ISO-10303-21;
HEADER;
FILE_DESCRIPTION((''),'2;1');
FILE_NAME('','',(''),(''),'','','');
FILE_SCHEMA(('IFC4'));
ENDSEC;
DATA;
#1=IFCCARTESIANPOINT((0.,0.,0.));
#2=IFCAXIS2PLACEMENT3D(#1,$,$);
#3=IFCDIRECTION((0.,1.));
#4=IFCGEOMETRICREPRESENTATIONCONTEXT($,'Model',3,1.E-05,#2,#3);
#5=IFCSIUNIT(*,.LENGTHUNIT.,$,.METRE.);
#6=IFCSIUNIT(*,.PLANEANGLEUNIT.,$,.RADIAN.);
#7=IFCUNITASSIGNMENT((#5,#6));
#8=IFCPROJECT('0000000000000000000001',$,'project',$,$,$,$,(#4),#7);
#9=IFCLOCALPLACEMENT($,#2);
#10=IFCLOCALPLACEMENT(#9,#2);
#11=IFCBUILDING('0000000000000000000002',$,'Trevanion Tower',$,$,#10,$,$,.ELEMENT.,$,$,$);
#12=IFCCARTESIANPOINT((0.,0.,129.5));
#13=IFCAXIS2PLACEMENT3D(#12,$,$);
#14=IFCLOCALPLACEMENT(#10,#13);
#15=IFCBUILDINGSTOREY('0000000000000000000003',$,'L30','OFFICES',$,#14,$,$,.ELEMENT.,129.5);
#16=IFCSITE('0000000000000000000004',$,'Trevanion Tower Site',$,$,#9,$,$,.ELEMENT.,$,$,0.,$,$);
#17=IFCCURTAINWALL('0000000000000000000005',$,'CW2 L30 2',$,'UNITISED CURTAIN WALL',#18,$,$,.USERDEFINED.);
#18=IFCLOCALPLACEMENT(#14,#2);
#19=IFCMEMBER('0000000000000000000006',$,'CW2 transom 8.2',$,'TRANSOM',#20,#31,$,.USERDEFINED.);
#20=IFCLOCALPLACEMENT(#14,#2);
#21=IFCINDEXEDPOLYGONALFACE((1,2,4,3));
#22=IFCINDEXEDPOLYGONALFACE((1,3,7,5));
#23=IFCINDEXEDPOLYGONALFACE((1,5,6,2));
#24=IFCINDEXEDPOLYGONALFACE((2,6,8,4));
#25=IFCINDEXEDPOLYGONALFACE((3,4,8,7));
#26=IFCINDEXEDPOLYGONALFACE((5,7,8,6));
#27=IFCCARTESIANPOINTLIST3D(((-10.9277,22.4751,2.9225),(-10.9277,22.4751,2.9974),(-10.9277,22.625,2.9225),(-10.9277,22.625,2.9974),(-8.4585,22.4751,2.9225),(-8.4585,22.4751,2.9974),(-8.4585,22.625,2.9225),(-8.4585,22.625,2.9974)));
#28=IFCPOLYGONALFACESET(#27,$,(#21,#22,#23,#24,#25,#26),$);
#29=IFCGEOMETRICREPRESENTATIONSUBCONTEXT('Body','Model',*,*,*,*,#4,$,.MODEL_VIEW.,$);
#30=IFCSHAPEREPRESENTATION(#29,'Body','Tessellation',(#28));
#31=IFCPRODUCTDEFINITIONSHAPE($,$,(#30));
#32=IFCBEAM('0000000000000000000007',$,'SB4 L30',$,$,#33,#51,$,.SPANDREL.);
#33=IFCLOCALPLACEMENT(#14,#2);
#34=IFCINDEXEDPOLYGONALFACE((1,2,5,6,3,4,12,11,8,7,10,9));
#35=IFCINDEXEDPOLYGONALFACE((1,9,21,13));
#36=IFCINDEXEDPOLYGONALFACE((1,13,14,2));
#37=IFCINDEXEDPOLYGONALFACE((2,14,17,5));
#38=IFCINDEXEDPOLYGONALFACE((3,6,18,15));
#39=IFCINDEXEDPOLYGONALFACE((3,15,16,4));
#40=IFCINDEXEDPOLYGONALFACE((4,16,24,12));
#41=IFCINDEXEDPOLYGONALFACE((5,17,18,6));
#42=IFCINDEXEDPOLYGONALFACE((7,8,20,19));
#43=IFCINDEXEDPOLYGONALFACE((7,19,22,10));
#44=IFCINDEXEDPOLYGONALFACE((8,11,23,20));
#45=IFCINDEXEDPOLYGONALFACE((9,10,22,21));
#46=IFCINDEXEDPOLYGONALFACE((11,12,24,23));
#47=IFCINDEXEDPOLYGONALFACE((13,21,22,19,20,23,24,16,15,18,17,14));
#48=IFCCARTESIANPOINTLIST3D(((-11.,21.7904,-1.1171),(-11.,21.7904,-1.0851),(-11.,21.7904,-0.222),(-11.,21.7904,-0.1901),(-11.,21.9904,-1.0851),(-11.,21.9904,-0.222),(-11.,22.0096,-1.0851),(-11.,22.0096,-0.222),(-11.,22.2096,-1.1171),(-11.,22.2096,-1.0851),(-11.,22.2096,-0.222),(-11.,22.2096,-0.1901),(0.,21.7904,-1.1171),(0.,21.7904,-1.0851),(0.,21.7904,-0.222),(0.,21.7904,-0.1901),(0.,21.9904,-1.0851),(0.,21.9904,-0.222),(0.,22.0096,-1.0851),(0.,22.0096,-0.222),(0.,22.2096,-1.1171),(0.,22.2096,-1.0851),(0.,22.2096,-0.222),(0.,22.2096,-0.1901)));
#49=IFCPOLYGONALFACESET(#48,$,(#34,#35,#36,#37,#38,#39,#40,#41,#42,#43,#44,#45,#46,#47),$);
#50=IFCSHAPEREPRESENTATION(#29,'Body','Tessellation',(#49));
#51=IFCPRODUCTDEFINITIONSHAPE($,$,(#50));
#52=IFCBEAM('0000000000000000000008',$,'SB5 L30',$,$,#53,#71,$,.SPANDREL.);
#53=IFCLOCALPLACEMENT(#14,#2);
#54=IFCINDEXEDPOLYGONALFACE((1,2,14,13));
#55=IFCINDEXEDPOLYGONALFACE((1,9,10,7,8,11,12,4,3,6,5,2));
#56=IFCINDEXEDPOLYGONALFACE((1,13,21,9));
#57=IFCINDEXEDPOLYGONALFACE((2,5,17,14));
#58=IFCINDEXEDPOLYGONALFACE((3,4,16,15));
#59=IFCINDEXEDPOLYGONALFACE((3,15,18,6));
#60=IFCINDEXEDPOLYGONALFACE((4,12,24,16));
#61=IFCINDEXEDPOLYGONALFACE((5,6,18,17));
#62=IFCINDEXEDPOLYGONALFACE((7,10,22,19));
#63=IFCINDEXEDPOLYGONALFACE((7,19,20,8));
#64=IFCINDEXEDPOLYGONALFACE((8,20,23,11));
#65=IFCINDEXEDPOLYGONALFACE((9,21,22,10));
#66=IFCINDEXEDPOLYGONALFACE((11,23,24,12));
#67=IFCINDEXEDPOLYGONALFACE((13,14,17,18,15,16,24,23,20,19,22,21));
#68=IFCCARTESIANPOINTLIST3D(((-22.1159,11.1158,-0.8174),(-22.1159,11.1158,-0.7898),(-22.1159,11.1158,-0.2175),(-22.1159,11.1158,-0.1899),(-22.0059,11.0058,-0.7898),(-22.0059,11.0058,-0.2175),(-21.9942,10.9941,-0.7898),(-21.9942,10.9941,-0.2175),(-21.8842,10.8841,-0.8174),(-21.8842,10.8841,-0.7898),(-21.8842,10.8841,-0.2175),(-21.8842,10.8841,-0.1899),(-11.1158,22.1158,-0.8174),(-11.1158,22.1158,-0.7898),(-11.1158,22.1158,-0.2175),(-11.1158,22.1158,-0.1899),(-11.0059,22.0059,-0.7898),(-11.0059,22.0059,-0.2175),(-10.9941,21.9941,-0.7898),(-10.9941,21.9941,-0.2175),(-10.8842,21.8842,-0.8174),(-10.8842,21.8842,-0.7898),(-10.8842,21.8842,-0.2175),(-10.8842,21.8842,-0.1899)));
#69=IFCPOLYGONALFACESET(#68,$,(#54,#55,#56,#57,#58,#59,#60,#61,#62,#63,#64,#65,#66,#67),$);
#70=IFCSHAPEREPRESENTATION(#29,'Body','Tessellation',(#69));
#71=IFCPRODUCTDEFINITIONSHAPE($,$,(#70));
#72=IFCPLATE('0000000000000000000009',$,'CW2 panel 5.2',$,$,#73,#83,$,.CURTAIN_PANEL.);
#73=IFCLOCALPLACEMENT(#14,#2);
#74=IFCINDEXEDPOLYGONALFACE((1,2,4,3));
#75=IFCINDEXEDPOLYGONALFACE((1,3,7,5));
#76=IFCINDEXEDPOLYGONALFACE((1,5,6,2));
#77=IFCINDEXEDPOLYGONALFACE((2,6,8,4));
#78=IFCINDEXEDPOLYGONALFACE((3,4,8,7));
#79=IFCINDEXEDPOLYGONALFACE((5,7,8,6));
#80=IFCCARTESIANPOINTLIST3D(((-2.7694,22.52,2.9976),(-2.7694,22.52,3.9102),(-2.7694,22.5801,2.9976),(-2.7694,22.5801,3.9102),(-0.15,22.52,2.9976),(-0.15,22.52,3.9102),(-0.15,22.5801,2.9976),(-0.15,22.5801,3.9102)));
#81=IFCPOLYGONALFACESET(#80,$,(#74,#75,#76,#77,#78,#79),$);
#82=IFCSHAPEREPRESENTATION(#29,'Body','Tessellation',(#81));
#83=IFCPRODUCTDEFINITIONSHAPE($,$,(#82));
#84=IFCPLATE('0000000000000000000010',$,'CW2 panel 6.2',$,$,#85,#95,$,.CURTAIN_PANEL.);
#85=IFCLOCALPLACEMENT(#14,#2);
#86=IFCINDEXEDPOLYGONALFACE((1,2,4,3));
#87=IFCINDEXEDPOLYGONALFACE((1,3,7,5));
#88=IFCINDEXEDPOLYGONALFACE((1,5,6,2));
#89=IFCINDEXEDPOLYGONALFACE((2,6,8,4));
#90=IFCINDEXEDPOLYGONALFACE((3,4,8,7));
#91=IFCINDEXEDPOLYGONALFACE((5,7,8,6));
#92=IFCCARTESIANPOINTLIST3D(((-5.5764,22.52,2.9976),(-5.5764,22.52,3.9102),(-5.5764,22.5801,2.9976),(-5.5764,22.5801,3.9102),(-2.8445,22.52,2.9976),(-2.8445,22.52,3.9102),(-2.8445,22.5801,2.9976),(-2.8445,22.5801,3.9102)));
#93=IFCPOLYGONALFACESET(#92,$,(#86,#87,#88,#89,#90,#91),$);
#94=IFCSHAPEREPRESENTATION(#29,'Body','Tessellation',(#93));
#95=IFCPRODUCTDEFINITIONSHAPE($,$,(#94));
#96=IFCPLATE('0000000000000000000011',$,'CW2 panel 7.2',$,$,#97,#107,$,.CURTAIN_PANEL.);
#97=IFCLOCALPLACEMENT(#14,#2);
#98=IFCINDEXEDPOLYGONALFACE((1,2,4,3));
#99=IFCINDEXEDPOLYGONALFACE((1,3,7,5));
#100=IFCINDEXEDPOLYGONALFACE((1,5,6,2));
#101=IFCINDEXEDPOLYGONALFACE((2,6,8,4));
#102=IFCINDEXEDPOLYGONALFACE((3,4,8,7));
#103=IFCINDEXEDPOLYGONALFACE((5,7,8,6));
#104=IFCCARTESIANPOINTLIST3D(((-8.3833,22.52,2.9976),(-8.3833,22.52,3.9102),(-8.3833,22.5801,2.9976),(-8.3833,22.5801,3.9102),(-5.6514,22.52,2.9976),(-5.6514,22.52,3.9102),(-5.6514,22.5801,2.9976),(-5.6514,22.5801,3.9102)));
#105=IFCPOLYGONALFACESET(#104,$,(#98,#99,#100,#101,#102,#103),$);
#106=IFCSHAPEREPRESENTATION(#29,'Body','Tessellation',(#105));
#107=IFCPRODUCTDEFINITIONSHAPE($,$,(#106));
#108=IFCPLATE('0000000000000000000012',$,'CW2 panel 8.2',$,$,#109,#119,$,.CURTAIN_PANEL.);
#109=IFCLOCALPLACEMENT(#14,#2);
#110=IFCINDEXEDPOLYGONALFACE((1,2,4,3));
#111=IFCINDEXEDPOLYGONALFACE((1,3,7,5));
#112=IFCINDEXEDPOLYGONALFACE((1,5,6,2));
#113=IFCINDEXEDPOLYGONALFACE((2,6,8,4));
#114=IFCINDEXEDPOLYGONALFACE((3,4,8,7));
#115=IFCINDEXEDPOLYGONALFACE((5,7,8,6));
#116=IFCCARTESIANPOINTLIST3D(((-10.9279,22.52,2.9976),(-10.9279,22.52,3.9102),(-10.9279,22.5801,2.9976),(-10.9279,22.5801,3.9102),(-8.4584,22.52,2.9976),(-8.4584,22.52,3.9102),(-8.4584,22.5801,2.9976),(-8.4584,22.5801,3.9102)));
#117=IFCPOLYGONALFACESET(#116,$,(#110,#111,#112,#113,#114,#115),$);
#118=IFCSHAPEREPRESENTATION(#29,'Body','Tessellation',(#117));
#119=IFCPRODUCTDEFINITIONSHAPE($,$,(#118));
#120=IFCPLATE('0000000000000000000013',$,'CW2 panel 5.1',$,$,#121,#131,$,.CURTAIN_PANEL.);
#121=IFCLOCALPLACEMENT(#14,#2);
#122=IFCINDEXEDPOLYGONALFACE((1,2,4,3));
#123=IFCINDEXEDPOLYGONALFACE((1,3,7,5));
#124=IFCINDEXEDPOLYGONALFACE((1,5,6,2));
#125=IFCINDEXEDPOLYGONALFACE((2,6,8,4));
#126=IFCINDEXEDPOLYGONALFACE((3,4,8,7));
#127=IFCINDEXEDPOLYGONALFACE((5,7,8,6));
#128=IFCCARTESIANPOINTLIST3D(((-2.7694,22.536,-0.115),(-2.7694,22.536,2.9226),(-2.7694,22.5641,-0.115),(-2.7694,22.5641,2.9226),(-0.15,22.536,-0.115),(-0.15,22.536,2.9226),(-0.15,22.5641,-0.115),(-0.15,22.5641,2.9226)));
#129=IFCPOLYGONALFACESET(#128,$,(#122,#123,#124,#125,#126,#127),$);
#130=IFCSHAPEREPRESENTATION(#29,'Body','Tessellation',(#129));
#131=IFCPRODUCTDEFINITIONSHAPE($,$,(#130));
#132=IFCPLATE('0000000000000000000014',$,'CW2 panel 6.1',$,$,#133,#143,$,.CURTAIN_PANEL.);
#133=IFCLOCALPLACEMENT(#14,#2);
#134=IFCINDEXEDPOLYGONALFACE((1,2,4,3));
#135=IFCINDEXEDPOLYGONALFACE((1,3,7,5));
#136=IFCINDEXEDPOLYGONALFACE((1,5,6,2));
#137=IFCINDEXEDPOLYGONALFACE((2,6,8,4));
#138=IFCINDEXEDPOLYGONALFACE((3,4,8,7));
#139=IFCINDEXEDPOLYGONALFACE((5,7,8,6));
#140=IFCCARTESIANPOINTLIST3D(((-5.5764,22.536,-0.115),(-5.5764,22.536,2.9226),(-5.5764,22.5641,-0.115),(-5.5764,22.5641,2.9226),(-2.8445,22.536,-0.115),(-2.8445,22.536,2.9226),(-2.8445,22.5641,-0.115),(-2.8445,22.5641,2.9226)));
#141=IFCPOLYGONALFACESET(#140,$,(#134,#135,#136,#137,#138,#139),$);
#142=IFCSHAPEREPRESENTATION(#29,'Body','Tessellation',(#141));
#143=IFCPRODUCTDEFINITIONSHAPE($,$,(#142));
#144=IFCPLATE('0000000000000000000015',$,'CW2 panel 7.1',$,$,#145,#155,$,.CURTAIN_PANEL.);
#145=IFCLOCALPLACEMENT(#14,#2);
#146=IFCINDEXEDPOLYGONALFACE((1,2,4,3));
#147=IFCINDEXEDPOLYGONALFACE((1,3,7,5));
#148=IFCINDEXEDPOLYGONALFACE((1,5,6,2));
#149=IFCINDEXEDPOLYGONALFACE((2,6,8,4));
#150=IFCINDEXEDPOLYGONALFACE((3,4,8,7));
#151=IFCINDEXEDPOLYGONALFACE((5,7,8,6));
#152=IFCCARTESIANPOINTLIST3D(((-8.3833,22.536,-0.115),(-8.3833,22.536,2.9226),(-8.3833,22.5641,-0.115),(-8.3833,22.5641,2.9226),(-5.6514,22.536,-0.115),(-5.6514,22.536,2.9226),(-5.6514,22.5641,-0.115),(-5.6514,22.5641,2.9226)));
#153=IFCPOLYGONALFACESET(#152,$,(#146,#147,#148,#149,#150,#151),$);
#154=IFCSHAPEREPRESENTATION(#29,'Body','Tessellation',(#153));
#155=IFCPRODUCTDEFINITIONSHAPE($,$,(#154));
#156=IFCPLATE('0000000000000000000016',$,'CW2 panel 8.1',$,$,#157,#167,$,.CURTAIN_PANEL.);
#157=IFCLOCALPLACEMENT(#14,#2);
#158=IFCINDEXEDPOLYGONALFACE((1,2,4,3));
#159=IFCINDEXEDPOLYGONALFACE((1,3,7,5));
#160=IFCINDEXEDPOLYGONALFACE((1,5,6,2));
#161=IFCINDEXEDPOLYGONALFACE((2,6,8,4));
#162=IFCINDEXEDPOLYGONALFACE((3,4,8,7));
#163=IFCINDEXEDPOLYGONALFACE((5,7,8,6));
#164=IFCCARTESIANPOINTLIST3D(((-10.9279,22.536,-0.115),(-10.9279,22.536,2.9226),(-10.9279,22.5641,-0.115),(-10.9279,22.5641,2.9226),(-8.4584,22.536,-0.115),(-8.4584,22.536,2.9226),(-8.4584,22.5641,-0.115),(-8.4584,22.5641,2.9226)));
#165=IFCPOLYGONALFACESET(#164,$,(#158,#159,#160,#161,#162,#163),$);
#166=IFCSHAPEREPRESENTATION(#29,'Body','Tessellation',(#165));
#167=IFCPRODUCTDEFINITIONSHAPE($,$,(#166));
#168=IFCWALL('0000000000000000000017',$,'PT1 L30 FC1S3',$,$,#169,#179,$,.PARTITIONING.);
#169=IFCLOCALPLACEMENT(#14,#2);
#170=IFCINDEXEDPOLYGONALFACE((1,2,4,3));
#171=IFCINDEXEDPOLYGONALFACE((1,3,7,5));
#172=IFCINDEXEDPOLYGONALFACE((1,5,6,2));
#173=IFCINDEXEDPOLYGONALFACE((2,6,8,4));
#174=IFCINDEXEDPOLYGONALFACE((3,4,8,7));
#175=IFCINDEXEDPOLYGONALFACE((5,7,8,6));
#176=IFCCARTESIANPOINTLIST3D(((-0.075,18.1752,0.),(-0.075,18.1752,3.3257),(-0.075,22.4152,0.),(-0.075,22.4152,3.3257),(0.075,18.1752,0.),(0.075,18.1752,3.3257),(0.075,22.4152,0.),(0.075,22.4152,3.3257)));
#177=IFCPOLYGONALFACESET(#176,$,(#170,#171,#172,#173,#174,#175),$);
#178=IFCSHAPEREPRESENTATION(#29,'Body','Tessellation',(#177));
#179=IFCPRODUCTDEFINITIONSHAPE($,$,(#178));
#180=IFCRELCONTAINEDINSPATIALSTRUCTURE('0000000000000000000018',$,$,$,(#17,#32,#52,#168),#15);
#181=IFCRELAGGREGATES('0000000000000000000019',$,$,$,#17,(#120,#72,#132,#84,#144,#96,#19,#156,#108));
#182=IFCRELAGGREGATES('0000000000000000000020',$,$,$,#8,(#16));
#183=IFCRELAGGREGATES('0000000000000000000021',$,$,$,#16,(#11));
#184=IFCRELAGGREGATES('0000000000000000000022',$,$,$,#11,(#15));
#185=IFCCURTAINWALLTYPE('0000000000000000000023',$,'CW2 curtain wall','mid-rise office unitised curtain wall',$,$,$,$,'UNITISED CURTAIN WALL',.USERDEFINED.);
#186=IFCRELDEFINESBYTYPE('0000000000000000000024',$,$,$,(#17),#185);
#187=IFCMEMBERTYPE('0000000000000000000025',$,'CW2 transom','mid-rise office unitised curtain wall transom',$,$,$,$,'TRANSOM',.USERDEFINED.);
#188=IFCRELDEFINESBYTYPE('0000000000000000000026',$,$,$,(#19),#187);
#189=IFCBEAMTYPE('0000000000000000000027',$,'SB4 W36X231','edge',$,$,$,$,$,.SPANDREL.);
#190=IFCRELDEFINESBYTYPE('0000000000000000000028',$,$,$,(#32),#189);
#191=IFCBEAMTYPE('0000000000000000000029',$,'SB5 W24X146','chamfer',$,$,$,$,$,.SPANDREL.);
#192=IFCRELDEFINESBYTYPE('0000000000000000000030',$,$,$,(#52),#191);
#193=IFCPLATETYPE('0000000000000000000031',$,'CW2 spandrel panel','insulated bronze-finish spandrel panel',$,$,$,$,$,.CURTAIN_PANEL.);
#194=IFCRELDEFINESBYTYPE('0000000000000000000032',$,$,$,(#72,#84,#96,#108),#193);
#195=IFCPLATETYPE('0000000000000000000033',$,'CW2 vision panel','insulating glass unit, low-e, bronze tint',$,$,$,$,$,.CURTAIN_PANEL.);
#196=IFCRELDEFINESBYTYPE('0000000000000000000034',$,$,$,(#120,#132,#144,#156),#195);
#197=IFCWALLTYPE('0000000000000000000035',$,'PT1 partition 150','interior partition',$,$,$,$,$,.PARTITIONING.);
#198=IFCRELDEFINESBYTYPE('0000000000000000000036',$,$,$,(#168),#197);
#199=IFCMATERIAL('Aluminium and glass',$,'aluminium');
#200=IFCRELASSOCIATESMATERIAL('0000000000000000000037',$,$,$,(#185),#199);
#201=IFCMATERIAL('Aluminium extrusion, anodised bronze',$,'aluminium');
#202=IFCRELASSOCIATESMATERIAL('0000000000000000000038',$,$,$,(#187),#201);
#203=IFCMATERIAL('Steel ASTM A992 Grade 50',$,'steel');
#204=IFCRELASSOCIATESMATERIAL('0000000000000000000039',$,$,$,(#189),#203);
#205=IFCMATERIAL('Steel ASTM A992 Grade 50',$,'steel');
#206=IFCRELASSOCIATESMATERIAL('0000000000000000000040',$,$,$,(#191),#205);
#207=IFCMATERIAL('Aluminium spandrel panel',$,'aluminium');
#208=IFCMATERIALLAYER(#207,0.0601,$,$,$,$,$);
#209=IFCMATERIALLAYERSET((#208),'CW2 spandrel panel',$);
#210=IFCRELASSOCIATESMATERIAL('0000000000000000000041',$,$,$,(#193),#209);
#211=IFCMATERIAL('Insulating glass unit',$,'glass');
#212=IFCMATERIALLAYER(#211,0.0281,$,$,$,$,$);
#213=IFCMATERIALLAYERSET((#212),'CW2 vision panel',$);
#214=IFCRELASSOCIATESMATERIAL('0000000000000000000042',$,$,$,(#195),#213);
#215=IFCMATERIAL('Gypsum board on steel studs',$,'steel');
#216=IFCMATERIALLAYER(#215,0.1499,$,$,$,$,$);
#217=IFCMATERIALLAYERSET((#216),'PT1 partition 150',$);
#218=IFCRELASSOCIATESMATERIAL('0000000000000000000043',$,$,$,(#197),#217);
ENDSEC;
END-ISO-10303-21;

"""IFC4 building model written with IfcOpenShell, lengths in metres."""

from ifc_helpers import new_model, si_unit, direction, frame, frame_2d, origin, origin_2d, place, context, subcontext, project, spatial, rectangle, i_section, extrude, material, layer, layer_set, material_profile, profile_set, type_object, element, aggregate, save


model = new_model("IFC4")

# Units and contexts
model_context = context("Model", 3, precision=1e-05, world=origin(), true_north=direction((0.0, 1.0)))
body_context = subcontext(model_context, "Body", "Model", "MODEL_VIEW")
ifc_project = project(units=[si_unit("LENGTHUNIT", "METRE"), si_unit("PLANEANGLEUNIT", "RADIAN")], contexts=[model_context])

# Site, building, storey
site_placement = place(None, origin())
site = spatial("IfcSite", under=ifc_project, at=site_placement, Name="Trevanion Tower Site", CompositionType="ELEMENT", RefElevation=0.0)
building_placement = place(site_placement, origin())
building = spatial("IfcBuilding", under=site, at=building_placement, Name="Trevanion Tower", CompositionType="ELEMENT")
storey_placement = place(building_placement, frame((0.0, 0.0, 129.5)))
storey = spatial("IfcBuildingStorey", under=building, at=storey_placement, Name="L30", Description="OFFICES", CompositionType="ELEMENT", Elevation=129.5)

# Curtain wall, member
ifc_material_1 = material(Name="Aluminium and glass", Category="aluminium")
curtain_wall_type = type_object("IfcCurtainWallType", Name="CW2 curtain wall", Description="mid-rise office unitised curtain wall", ElementType="UNITISED CURTAIN WALL", PredefinedType="USERDEFINED", material=ifc_material_1)
curtain_wall_placement = place(storey_placement, origin())
curtain_wall = element("IfcCurtainWall", 1, at=curtain_wall_placement, inside=storey, type_object=curtain_wall_type, Name="CW2 L30 2", ObjectType="UNITISED CURTAIN WALL", PredefinedType="USERDEFINED")
ifc_material_2 = material(Name="Aluminium extrusion, anodised bronze", Category="aluminium")
ifc_material_profile_1 = material_profile(ifc_material_2, rectangle(XDim=0.1499, YDim=0.075, at=origin_2d()), Name="CW2 transom")
ifc_profile_set_1 = profile_set([ifc_material_profile_1], Name="Aluminium extrusion, anodised bronze")
member_type_1 = type_object("IfcMemberType", Name="CW2 transom", Description="mid-rise office unitised curtain wall transom", ElementType="TRANSOM", PredefinedType="USERDEFINED", material=ifc_profile_set_1)
member_1_placement = place(storey_placement, frame((-8.4585, 22.55, 2.96), z_axis=(-1.0, 0.0, 0.0), x_axis=(0.0, -1.0, 0.0)))
member_1 = element("IfcMember", 2, at=member_1_placement, type_object=member_type_1, Name="CW2 transom 8.2", ObjectType="TRANSOM", PredefinedType="USERDEFINED", context=body_context, shape_type="SweptSolid", body=[
    extrude(rectangle(XDim=0.1499, YDim=0.075, at=origin_2d()), origin(), (0.0, 0.0, 1.0), 2.4692),
])

# Beams
ifc_material_3 = material(Name="Steel ASTM A992 Grade 50", Category="steel")
ifc_material_profile_2 = material_profile(ifc_material_3, i_section(OverallWidth=0.4192, OverallDepth=0.927, WebThickness=0.0193, FlangeThickness=0.032, at=origin_2d()), Name="W36X231")
ifc_profile_set_2 = profile_set([ifc_material_profile_2], Name="Steel ASTM A992 Grade 50")
beam_type_1 = type_object("IfcBeamType", Name="SB4 W36X231", Description="edge", PredefinedType="SPANDREL", material=ifc_profile_set_2)
beam_1_placement = place(storey_placement, frame((0.0, 22.0, -0.6536), z_axis=(-1.0, 0.0, 0.0), x_axis=(0.0, -1.0, 0.0)))
element("IfcBeam", 3, at=beam_1_placement, inside=storey, type_object=beam_type_1, Name="SB4 L30", PredefinedType="SPANDREL", context=body_context, shape_type="SweptSolid", body=[
    extrude(i_section(OverallWidth=0.4192, OverallDepth=0.927, WebThickness=0.0193, FlangeThickness=0.032, at=origin_2d()), origin(), (0.0, 0.0, 1.0), 11.0),
])
ifc_material_4 = material(Name="Steel ASTM A992 Grade 50", Category="steel")
ifc_material_profile_3 = material_profile(ifc_material_4, i_section(OverallWidth=0.3276, OverallDepth=0.6274, WebThickness=0.0166, FlangeThickness=0.0276, at=origin_2d()), Name="W24X146")
ifc_profile_set_3 = profile_set([ifc_material_profile_3], Name="Steel ASTM A992 Grade 50")
beam_type_2 = type_object("IfcBeamType", Name="SB5 W24X146", Description="chamfer", PredefinedType="SPANDREL", material=ifc_profile_set_3)
beam_2_placement = place(storey_placement, frame((-11.0, 22.0, -0.5037), z_axis=(-0.707107, -0.707107, 0.0), x_axis=(0.707107, -0.707107, 0.0)))
element("IfcBeam", 4, at=beam_2_placement, inside=storey, type_object=beam_type_2, Name="SB5 L30", PredefinedType="SPANDREL", context=body_context, shape_type="SweptSolid", body=[
    extrude(i_section(OverallWidth=0.3276, OverallDepth=0.6274, WebThickness=0.0166, FlangeThickness=0.0276, at=origin_2d()), origin(), (0.0, 0.0, 1.0), 15.5564),
])

# Plates
ifc_material_5 = material(Name="Aluminium spandrel panel", Category="aluminium")
ifc_layer_1 = layer(ifc_material_5, 0.0601)
ifc_layer_set_1 = layer_set([ifc_layer_1], Name="CW2 spandrel panel")
plate_type_1 = type_object("IfcPlateType", Name="CW2 spandrel panel", Description="insulated bronze-finish spandrel panel", PredefinedType="CURTAIN_PANEL", material=ifc_layer_set_1)
plate_1_placement = place(storey_placement, frame((-1.4597, 22.55, 2.9976), z_axis=(0.0, 0.0, 1.0), x_axis=(-1.0, 0.0, 0.0)))
plate_1 = element("IfcPlate", 5, at=plate_1_placement, type_object=plate_type_1, Name="CW2 panel 5.2", PredefinedType="CURTAIN_PANEL", context=body_context, shape_type="SweptSolid", body=[
    extrude(rectangle(XDim=2.6194, YDim=0.0601, at=origin_2d()), origin(), (0.0, 0.0, 1.0), 0.9126),
])
plate_2_placement = place(storey_placement, frame((-4.2104, 22.55, 2.9976), z_axis=(0.0, 0.0, 1.0), x_axis=(-1.0, 0.0, 0.0)))
plate_2 = element("IfcPlate", 6, at=plate_2_placement, type_object=plate_type_1, Name="CW2 panel 6.2", PredefinedType="CURTAIN_PANEL", context=body_context, shape_type="SweptSolid", body=[
    extrude(rectangle(XDim=2.7319, YDim=0.0601, at=origin_2d()), origin(), (0.0, 0.0, 1.0), 0.9126),
])
plate_3_placement = place(storey_placement, frame((-7.0173, 22.55, 2.9976), z_axis=(0.0, 0.0, 1.0), x_axis=(-1.0, 0.0, 0.0)))
plate_3 = element("IfcPlate", 7, at=plate_3_placement, type_object=plate_type_1, Name="CW2 panel 7.2", PredefinedType="CURTAIN_PANEL", context=body_context, shape_type="SweptSolid", body=[
    extrude(rectangle(XDim=2.7319, YDim=0.0601, at=origin_2d()), origin(), (0.0, 0.0, 1.0), 0.9126),
])
plate_4_placement = place(storey_placement, frame((-9.6931, 22.55, 2.9976), z_axis=(0.0, 0.0, 1.0), x_axis=(-1.0, 0.0, 0.0)))
plate_4 = element("IfcPlate", 8, at=plate_4_placement, type_object=plate_type_1, Name="CW2 panel 8.2", PredefinedType="CURTAIN_PANEL", context=body_context, shape_type="SweptSolid", body=[
    extrude(rectangle(XDim=2.4695, YDim=0.0601, at=origin_2d()), origin(), (0.0, 0.0, 1.0), 0.9126),
])
ifc_material_6 = material(Name="Insulating glass unit", Category="glass")
ifc_layer_2 = layer(ifc_material_6, 0.0281)
ifc_layer_set_2 = layer_set([ifc_layer_2], Name="CW2 vision panel")
plate_type_2 = type_object("IfcPlateType", Name="CW2 vision panel", Description="insulating glass unit, low-e, bronze tint", PredefinedType="CURTAIN_PANEL", material=ifc_layer_set_2)
plate_5_placement = place(storey_placement, frame((-1.4597, 22.55, -0.115), z_axis=(0.0, 0.0, 1.0), x_axis=(-1.0, 0.0, 0.0)))
plate_5 = element("IfcPlate", 9, at=plate_5_placement, type_object=plate_type_2, Name="CW2 panel 5.1", PredefinedType="CURTAIN_PANEL", context=body_context, shape_type="SweptSolid", body=[
    extrude(rectangle(XDim=2.6194, YDim=0.0281, at=origin_2d()), origin(), (0.0, 0.0, 1.0), 3.0376),
])
plate_6_placement = place(storey_placement, frame((-4.2104, 22.55, -0.115), z_axis=(0.0, 0.0, 1.0), x_axis=(-1.0, 0.0, 0.0)))
plate_6 = element("IfcPlate", 10, at=plate_6_placement, type_object=plate_type_2, Name="CW2 panel 6.1", PredefinedType="CURTAIN_PANEL", context=body_context, shape_type="SweptSolid", body=[
    extrude(rectangle(XDim=2.7319, YDim=0.0281, at=origin_2d()), origin(), (0.0, 0.0, 1.0), 3.0376),
])
plate_7_placement = place(storey_placement, frame((-7.0173, 22.55, -0.115), z_axis=(0.0, 0.0, 1.0), x_axis=(-1.0, 0.0, 0.0)))
plate_7 = element("IfcPlate", 11, at=plate_7_placement, type_object=plate_type_2, Name="CW2 panel 7.1", PredefinedType="CURTAIN_PANEL", context=body_context, shape_type="SweptSolid", body=[
    extrude(rectangle(XDim=2.7319, YDim=0.0281, at=origin_2d()), origin(), (0.0, 0.0, 1.0), 3.0376),
])
plate_8_placement = place(storey_placement, frame((-9.6931, 22.55, -0.115), z_axis=(0.0, 0.0, 1.0), x_axis=(-1.0, 0.0, 0.0)))
plate_8 = element("IfcPlate", 12, at=plate_8_placement, type_object=plate_type_2, Name="CW2 panel 8.1", PredefinedType="CURTAIN_PANEL", context=body_context, shape_type="SweptSolid", body=[
    extrude(rectangle(XDim=2.4695, YDim=0.0281, at=origin_2d()), origin(), (0.0, 0.0, 1.0), 3.0376),
])
aggregate(curtain_wall, [plate_5, plate_1, plate_6, plate_2, plate_7, plate_3, member_1, plate_8, plate_4])

# Wall
ifc_material_7 = material(Name="Gypsum board on steel studs", Category="steel")
ifc_layer_3 = layer(ifc_material_7, 0.1499)
ifc_layer_set_3 = layer_set([ifc_layer_3], Name="PT1 partition 150")
wall_type_1 = type_object("IfcWallType", Name="PT1 partition 150", Description="interior partition", PredefinedType="PARTITIONING", material=ifc_layer_set_3)
wall_1_placement = place(storey_placement, frame((0.0, 18.175, 0.0), z_axis=(0.0, 0.0, 1.0), x_axis=(0.0, 1.0, 0.0)))
element("IfcWall", 13, at=wall_1_placement, inside=storey, type_object=wall_type_1, Name="PT1 L30 FC1S3", PredefinedType="PARTITIONING", context=body_context, shape_type="SweptSolid", body=[
    extrude(rectangle(XDim=4.24, YDim=0.1499, at=frame_2d((2.1201, 0.0))), origin(), (0.0, 0.0, 1.0), 3.3257),
])

save(model, "model.ifc")
